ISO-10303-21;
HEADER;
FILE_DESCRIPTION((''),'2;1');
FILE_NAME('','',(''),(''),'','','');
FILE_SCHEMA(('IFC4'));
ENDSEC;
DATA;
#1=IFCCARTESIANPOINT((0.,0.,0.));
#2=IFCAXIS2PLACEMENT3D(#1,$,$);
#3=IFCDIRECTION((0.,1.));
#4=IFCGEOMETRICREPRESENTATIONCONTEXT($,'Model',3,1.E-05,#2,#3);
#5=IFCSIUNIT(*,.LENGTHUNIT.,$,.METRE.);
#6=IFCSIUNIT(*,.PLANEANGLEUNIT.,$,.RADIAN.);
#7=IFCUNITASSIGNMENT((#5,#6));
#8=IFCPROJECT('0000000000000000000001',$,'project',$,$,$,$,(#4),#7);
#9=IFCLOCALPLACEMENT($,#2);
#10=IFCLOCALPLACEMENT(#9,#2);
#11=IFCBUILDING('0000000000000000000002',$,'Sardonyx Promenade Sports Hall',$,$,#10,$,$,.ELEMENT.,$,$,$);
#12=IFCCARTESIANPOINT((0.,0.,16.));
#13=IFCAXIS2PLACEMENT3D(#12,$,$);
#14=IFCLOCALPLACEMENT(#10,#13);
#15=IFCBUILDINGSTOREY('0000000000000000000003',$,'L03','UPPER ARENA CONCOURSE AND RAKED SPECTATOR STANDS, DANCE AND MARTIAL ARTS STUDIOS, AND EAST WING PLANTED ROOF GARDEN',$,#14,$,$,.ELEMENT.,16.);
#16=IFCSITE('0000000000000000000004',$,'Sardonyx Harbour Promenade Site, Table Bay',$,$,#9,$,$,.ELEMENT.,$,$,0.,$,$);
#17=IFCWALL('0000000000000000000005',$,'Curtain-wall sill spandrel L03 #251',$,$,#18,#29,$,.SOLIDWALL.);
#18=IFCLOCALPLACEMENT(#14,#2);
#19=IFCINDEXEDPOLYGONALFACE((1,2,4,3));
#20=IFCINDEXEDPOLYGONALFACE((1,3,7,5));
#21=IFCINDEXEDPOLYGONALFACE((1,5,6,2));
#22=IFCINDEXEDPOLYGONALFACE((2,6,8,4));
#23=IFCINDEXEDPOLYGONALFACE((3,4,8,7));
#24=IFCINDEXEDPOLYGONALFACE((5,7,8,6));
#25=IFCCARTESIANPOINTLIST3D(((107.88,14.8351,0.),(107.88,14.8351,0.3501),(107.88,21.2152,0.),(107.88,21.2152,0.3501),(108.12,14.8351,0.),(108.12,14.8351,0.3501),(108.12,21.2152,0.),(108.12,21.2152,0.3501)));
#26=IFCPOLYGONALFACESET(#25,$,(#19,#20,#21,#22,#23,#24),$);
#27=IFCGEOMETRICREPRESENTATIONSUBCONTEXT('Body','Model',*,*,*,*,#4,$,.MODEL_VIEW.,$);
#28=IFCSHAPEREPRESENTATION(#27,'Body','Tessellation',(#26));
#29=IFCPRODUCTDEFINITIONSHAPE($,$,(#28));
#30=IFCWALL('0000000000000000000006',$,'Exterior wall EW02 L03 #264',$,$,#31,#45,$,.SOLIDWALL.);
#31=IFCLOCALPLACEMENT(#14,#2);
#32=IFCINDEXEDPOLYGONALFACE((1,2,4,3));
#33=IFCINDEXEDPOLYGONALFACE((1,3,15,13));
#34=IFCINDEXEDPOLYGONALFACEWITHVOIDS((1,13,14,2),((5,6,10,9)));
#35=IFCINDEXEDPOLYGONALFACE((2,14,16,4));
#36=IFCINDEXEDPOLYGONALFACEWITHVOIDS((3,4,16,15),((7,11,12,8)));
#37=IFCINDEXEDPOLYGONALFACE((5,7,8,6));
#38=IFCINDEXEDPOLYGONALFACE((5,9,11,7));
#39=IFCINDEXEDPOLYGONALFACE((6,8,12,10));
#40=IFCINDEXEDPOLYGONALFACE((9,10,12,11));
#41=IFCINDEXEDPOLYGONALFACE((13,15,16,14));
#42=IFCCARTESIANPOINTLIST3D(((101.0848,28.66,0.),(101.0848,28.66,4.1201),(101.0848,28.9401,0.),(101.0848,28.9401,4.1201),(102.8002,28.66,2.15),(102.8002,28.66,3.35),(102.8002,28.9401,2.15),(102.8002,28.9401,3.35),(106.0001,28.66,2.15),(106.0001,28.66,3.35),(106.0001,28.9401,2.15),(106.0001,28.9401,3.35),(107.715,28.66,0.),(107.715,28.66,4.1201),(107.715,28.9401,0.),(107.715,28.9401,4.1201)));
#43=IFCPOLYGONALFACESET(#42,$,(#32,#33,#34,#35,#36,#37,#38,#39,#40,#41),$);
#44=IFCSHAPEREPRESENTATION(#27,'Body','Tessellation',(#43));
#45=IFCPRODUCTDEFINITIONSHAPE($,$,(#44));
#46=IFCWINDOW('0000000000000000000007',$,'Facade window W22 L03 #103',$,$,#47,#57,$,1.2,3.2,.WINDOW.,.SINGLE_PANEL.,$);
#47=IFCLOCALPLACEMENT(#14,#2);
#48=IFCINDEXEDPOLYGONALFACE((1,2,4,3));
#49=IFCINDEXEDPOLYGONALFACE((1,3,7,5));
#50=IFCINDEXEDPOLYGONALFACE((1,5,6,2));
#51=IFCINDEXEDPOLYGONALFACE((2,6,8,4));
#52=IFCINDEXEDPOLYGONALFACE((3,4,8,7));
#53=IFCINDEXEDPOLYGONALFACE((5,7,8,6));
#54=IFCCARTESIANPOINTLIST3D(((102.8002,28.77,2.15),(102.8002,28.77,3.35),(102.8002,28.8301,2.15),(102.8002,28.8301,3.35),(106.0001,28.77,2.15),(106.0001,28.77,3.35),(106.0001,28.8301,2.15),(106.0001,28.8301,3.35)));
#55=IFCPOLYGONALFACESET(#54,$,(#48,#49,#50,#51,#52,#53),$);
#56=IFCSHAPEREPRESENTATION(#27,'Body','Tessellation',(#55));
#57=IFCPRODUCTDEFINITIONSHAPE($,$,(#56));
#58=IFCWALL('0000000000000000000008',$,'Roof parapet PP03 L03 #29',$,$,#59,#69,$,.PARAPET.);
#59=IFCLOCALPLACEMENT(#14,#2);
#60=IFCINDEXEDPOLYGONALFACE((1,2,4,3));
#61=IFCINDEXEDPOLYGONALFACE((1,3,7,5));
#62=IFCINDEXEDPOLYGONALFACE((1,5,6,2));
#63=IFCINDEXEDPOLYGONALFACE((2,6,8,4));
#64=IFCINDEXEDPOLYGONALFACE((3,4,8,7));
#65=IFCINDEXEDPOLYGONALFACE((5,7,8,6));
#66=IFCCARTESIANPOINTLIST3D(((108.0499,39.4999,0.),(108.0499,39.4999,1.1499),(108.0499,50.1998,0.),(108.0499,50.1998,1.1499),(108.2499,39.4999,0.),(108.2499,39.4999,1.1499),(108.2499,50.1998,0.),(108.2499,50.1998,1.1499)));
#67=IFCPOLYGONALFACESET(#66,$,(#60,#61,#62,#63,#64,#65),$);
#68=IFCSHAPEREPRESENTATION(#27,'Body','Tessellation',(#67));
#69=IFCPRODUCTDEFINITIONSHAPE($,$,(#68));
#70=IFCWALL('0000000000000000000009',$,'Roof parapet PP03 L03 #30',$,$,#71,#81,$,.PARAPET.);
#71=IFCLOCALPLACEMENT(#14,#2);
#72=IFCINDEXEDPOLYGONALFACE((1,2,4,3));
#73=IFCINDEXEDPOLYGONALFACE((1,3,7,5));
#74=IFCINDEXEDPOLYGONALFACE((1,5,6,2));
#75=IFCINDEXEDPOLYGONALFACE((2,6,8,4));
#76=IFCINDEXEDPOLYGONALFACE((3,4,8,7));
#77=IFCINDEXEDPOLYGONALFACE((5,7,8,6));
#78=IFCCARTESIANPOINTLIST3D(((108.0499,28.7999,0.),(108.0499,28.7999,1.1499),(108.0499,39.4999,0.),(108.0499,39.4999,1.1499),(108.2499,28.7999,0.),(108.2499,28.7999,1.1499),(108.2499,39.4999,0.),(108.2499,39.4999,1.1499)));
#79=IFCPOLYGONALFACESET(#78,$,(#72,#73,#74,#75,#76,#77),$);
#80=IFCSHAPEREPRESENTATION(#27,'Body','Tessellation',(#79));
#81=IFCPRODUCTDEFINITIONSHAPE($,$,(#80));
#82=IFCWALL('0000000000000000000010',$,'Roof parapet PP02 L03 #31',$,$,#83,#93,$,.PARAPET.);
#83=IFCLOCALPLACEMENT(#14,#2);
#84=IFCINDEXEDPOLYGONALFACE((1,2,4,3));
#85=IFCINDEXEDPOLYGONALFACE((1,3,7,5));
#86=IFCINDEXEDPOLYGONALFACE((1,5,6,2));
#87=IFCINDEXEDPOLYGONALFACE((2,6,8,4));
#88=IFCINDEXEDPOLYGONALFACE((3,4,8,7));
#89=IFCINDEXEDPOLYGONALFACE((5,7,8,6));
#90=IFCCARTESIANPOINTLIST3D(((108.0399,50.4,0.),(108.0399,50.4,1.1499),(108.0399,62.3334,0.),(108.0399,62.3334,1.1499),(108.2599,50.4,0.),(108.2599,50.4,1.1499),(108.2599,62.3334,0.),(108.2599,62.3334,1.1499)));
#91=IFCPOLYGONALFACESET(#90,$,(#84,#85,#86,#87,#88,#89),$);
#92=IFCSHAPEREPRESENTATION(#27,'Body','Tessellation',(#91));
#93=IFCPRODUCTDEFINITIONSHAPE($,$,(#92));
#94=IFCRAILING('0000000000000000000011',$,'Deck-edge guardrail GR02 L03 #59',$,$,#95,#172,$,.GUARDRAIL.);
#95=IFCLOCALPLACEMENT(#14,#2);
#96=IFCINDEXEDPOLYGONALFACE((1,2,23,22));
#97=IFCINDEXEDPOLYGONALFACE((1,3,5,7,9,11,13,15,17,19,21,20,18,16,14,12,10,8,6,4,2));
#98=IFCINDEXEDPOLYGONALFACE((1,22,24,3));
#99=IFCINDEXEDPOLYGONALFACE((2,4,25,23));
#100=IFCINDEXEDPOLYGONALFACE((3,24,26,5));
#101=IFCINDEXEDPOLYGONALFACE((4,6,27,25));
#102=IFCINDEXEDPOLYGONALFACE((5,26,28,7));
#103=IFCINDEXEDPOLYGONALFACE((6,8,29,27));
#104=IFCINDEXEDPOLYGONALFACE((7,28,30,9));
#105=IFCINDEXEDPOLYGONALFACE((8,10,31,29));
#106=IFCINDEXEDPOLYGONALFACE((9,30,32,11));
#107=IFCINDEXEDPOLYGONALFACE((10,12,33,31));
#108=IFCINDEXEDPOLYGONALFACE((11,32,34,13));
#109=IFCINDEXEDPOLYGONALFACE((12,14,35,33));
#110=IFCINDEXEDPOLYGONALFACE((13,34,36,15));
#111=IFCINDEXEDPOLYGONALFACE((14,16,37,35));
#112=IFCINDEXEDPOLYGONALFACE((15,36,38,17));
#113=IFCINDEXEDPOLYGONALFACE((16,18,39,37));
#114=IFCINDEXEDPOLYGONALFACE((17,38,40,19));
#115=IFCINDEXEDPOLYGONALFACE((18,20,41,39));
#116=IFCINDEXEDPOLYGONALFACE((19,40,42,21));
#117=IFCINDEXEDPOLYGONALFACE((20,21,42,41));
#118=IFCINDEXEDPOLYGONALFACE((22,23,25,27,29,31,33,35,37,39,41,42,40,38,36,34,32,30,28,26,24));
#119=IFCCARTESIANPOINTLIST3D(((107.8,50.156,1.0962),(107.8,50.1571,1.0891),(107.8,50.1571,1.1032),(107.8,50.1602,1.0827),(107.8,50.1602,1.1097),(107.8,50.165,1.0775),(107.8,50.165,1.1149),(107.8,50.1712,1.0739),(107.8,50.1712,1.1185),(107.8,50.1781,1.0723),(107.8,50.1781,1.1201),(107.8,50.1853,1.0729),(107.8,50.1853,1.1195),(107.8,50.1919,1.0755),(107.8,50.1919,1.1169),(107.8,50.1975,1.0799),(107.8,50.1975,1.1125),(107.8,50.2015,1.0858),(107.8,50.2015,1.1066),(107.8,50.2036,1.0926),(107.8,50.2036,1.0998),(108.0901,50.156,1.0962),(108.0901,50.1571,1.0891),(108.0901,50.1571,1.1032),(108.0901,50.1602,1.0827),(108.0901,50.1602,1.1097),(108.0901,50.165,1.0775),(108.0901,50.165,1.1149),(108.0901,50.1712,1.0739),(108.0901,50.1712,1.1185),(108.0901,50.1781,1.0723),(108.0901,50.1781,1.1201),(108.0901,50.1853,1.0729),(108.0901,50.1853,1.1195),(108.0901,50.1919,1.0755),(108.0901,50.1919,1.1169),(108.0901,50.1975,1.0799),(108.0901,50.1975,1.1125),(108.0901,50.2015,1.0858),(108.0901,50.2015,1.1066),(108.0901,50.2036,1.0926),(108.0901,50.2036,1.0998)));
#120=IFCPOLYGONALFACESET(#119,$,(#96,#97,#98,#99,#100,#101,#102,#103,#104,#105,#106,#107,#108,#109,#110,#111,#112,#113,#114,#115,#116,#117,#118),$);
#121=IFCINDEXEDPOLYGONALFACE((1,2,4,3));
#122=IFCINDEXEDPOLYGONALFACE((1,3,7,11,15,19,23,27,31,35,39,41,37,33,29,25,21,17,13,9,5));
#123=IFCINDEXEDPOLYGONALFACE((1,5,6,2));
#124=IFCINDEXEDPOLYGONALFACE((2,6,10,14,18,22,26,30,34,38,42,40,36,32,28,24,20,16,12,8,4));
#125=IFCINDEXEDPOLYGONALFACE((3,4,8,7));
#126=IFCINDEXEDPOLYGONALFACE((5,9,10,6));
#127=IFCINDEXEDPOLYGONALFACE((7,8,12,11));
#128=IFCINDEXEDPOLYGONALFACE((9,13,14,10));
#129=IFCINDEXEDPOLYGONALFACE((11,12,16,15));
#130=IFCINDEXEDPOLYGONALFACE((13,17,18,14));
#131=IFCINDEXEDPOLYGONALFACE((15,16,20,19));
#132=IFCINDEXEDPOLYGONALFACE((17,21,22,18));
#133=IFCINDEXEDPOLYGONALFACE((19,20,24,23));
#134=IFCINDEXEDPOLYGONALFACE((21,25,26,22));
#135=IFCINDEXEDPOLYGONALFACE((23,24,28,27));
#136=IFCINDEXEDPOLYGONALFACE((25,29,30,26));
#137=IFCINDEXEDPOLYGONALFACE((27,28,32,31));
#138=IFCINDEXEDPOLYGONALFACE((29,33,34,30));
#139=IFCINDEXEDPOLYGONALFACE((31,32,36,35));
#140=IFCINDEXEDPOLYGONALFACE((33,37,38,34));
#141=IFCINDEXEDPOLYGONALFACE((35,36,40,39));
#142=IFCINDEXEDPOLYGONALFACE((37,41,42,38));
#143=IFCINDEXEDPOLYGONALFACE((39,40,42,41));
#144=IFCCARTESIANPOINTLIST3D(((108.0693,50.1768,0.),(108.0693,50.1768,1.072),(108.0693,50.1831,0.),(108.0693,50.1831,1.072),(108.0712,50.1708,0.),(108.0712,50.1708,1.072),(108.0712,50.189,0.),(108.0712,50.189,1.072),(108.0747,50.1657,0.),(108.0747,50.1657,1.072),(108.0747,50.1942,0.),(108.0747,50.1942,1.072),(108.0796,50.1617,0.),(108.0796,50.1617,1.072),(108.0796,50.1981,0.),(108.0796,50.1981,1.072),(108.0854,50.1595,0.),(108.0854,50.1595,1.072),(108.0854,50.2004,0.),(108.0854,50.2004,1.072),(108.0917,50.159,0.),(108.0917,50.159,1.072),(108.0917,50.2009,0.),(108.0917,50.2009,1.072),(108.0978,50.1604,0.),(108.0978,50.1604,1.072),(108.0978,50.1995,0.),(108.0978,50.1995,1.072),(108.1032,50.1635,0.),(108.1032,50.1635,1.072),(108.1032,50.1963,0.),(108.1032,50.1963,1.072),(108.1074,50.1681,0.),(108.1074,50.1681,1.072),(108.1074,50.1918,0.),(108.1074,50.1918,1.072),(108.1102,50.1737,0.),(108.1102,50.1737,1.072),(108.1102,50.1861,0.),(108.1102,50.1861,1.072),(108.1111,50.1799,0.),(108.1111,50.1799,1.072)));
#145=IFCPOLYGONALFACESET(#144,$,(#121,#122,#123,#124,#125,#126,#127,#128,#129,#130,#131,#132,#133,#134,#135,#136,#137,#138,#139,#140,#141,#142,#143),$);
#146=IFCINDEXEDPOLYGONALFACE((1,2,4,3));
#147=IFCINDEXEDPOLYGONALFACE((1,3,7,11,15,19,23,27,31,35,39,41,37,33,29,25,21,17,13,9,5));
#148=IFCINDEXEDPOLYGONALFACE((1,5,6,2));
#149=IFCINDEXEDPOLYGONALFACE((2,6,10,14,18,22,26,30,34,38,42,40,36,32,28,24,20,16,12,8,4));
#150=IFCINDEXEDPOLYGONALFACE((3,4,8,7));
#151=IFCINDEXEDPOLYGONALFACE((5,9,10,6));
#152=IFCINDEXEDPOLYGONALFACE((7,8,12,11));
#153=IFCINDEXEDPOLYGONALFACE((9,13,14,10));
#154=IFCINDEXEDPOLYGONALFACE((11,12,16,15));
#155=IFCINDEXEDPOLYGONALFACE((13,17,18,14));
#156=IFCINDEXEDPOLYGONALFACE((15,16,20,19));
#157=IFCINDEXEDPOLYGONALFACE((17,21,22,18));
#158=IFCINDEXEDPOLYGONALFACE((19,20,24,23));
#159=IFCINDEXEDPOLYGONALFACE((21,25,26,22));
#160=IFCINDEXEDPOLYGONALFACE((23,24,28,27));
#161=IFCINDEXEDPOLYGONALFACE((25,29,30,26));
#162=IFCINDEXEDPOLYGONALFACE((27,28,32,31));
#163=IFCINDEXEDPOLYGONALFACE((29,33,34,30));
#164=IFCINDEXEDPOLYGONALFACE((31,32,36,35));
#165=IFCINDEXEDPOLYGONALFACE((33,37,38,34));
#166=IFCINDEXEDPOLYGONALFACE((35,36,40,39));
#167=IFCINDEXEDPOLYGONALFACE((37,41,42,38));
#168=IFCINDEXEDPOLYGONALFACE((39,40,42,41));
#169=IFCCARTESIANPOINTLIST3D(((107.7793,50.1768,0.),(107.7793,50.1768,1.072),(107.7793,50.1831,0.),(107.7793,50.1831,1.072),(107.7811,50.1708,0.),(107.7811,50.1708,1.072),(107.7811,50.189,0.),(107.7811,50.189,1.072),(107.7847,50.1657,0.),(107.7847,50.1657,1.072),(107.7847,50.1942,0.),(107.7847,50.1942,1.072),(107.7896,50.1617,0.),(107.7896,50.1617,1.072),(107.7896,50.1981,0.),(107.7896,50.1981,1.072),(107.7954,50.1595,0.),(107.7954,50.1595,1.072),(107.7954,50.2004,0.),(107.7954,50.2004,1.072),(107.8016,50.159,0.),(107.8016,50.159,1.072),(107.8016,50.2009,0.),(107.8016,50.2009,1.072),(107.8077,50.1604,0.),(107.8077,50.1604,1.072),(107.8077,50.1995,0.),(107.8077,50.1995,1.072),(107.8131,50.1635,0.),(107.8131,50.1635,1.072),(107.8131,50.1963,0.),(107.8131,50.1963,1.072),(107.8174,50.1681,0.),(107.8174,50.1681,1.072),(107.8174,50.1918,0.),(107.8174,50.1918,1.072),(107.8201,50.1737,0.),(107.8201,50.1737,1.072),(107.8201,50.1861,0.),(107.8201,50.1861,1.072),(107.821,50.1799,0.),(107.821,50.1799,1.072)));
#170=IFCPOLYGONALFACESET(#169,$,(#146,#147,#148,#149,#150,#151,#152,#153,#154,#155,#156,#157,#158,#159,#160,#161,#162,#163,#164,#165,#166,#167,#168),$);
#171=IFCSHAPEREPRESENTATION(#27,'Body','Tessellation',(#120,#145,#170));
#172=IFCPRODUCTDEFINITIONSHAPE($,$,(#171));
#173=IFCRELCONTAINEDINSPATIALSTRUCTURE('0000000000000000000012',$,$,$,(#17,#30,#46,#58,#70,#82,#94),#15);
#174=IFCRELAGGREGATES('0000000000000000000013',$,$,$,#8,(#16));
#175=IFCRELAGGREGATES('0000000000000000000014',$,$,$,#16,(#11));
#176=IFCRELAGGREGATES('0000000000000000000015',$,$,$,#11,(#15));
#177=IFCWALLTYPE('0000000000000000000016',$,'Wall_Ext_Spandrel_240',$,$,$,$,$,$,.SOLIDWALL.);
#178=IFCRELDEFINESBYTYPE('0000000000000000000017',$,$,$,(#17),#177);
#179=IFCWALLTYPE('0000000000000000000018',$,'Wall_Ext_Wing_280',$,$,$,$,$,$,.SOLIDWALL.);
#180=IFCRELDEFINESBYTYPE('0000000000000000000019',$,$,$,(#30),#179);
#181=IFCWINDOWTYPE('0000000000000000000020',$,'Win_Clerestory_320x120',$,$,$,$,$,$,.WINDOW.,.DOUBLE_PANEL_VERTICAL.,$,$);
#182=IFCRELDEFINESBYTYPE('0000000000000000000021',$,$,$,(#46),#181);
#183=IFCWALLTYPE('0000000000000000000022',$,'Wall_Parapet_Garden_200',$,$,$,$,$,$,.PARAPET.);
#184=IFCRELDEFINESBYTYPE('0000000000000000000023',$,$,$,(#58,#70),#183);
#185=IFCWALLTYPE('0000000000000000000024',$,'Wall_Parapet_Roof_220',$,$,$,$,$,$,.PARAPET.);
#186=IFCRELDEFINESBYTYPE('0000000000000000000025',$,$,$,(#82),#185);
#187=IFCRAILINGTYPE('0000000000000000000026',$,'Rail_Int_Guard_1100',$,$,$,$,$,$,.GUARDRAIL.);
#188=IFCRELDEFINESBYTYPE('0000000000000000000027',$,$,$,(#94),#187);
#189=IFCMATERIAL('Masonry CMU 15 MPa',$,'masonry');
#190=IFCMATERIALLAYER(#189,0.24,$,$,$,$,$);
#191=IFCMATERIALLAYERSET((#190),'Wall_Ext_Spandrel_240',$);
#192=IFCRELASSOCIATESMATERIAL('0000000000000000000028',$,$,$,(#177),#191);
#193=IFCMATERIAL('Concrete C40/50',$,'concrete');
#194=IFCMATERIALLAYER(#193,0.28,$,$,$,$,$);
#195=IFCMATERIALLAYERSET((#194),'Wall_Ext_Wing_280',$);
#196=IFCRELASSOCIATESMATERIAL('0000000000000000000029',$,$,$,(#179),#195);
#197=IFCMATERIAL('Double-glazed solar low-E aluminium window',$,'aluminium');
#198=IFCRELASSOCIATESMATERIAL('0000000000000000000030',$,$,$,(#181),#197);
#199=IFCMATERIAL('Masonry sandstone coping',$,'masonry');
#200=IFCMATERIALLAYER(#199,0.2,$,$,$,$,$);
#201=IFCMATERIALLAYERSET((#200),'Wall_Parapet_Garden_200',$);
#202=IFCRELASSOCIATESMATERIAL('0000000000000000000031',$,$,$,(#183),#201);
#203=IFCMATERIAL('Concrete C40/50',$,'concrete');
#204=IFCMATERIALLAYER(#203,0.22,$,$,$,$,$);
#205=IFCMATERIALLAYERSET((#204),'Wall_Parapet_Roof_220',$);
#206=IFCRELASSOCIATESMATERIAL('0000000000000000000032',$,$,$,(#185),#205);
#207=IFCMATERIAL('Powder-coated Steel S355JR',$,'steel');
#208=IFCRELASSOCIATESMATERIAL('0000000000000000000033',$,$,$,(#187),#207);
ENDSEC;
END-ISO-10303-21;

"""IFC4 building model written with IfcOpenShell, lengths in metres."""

from ifc_helpers import new_model, si_unit, direction, frame, frame_2d, origin, origin_2d, place, context, subcontext, project, spatial, rectangle, circle, extrude, material, layer, layer_set, type_object, element, fill, save


model = new_model("IFC4")

# Units and contexts
model_context = context("Model", 3, precision=1e-05, world=origin(), true_north=direction((0.0, 1.0)))
body_context = subcontext(model_context, "Body", "Model", "MODEL_VIEW")
ifc_project = project(units=[si_unit("LENGTHUNIT", "METRE"), si_unit("PLANEANGLEUNIT", "RADIAN")], contexts=[model_context])

# Site, building, storey
site_placement = place(None, origin())
site = spatial("IfcSite", under=ifc_project, at=site_placement, Name="Sardonyx Harbour Promenade Site, Table Bay", CompositionType="ELEMENT", RefElevation=0.0)
building_placement = place(site_placement, origin())
building = spatial("IfcBuilding", under=site, at=building_placement, Name="Sardonyx Promenade Sports Hall", CompositionType="ELEMENT")
storey_placement = place(building_placement, frame((0.0, 0.0, 16.0)))
storey = spatial("IfcBuildingStorey", under=building, at=storey_placement, Name="L03", Description="UPPER ARENA CONCOURSE AND RAKED SPECTATOR STANDS, DANCE AND MARTIAL ARTS STUDIOS, AND EAST WING PLANTED ROOF GARDEN", CompositionType="ELEMENT", Elevation=16.0)

# Wall
ifc_material_1 = material(Name="Masonry CMU 15 MPa", Category="masonry")
ifc_layer_1 = layer(ifc_material_1, 0.24)
ifc_layer_set_1 = layer_set([ifc_layer_1], Name="Wall_Ext_Spandrel_240")
wall_type_1 = type_object("IfcWallType", Name="Wall_Ext_Spandrel_240", PredefinedType="SOLIDWALL", material=ifc_layer_set_1)
wall_1_placement = place(storey_placement, frame((108.0, 21.2151, 0.0), z_axis=(0.0, 0.0, 1.0), x_axis=(0.0, -1.0, 0.0)))
element("IfcWall", 1, at=wall_1_placement, inside=storey, type_object=wall_type_1, Name="Curtain-wall sill spandrel L03 #251", PredefinedType="SOLIDWALL", context=body_context, shape_type="SweptSolid", body=[
    extrude(rectangle(XDim=6.3801, YDim=0.24, at=frame_2d((3.1899, 0.0))), origin(), (0.0, 0.0, 1.0), 0.3501),
])

# Shared definitions
ifc_material_2 = material(Name="Concrete C40/50", Category="concrete")
ifc_layer_2 = layer(ifc_material_2, 0.28)
ifc_layer_set_2 = layer_set([ifc_layer_2], Name="Wall_Ext_Wing_280")
wall_type_2 = type_object("IfcWallType", Name="Wall_Ext_Wing_280", PredefinedType="SOLIDWALL", material=ifc_layer_set_2)

# Wall, opening, window
wall_2_placement = place(storey_placement, frame((101.085, 28.8, 0.0), z_axis=(0.0, 0.0, 1.0), x_axis=(1.0, 0.0, 0.0)))
wall_2 = element("IfcWall", 2, at=wall_2_placement, inside=storey, type_object=wall_type_2, Name="Exterior wall EW02 L03 #264", PredefinedType="SOLIDWALL", context=body_context, shape_type="SweptSolid", body=[
    extrude(rectangle(XDim=6.6301, YDim=0.28, at=frame_2d((3.3149, 0.0))), origin(), (0.0, 0.0, 1.0), 4.1201),
])
opening_1_placement = place(wall_2_placement, frame((1.7151, 0.0, 2.1499)))
opening_1 = element("IfcOpeningElement", 3, at=opening_1_placement, cuts=wall_2, PredefinedType="OPENING", context=body_context, shape_type="SweptSolid", body=[
    extrude(rectangle(XDim=3.2, YDim=1.2, at=frame_2d((1.6001, 0.6001))), frame((0.0, 0.15, 0.0), z_axis=(0.0, -1.0, 0.0), x_axis=(1.0, 0.0, 0.0)), (0.0, 0.0, 1.0), 0.3),
])
ifc_material_3 = material(Name="Double-glazed solar low-E aluminium window", Category="aluminium")
window_type = type_object("IfcWindowType", Name="Win_Clerestory_320x120", PartitioningType="DOUBLE_PANEL_VERTICAL", PredefinedType="WINDOW", material=ifc_material_3)
window_placement = place(opening_1_placement, origin())
window = element("IfcWindow", 4, at=window_placement, inside=storey, type_object=window_type, Name="Facade window W22 L03 #103", OverallHeight=1.2, OverallWidth=3.2, PartitioningType="SINGLE_PANEL", PredefinedType="WINDOW", context=body_context, shape_type="SweptSolid", body=[
    extrude(rectangle(XDim=3.2, YDim=1.2, at=frame_2d((1.6001, 0.6001))), frame((0.0, 0.03, 0.0), z_axis=(0.0, -1.0, 0.0), x_axis=(1.0, 0.0, 0.0)), (0.0, 0.0, 1.0), 0.0601),
])
fill(opening_1, window)

# Walls
ifc_material_4 = material(Name="Masonry sandstone coping", Category="masonry")
ifc_layer_3 = layer(ifc_material_4, 0.2)
ifc_layer_set_3 = layer_set([ifc_layer_3], Name="Wall_Parapet_Garden_200")
wall_type_3 = type_object("IfcWallType", Name="Wall_Parapet_Garden_200", PredefinedType="PARAPET", material=ifc_layer_set_3)
for number, where, z_axis, x_axis, name in (
    (5, (108.1499, 50.2, 0.0), (0.0, 0.0, 1.0), (0.0, -1.0, 0.0), "Roof parapet PP03 L03 #29"),
    (6, (108.1499, 39.5, 0.0), (0.0, 0.0, 1.0), (0.0, -1.0, 0.0), "Roof parapet PP03 L03 #30"),
):
    element("IfcWall", number, at=place(storey_placement, frame(where, z_axis=z_axis, x_axis=x_axis)), inside=storey, type_object=wall_type_3, Name=name, PredefinedType="PARAPET", context=body_context, shape_type="SweptSolid", body=[
        extrude(rectangle(XDim=10.7, YDim=0.2, at=frame_2d((5.3501, 0.0))), origin(), (0.0, 0.0, 1.0), 1.1499),
    ])
ifc_material_5 = material(Name="Concrete C40/50", Category="concrete")
ifc_layer_4 = layer(ifc_material_5, 0.22)
ifc_layer_set_4 = layer_set([ifc_layer_4], Name="Wall_Parapet_Roof_220")
wall_type_4 = type_object("IfcWallType", Name="Wall_Parapet_Roof_220", PredefinedType="PARAPET", material=ifc_layer_set_4)
wall_3_placement = place(storey_placement, frame((108.1499, 50.3999, 0.0), z_axis=(0.0, 0.0, 1.0), x_axis=(0.0, 1.0, 0.0)))
element("IfcWall", 7, at=wall_3_placement, inside=storey, type_object=wall_type_4, Name="Roof parapet PP02 L03 #31", PredefinedType="PARAPET", context=body_context, shape_type="SweptSolid", body=[
    extrude(rectangle(XDim=11.9333, YDim=0.22, at=frame_2d((5.9668, 0.0))), origin(), (0.0, 0.0, 1.0), 1.1499),
])

# Railing
ifc_material_6 = material(Name="Powder-coated Steel S355JR", Category="steel")
railing_type = type_object("IfcRailingType", Name="Rail_Int_Guard_1100", PredefinedType="GUARDRAIL", material=ifc_material_6)
railing_1_placement = place(storey_placement, frame((108.0901, 50.1799, 0.0)))
element("IfcRailing", 8, at=railing_1_placement, inside=storey, type_object=railing_type, Name="Deck-edge guardrail GR02 L03 #59", PredefinedType="GUARDRAIL", context=body_context, shape_type="SweptSolid", body=[
    extrude(circle(Radius=0.0239, at=origin_2d()), frame((0.0, 0.0, 1.0962), z_axis=(-1.0, 0.0, 0.0), x_axis=(0.0, -1.0, 0.0)), (0.0, 0.0, 1.0), 0.29),
    extrude(circle(Radius=0.021, at=origin_2d()), origin(), (0.0, 0.0, 1.0), 1.072),
    extrude(circle(Radius=0.021, at=origin_2d()), frame((-0.29, 0.0, 0.0)), (0.0, 0.0, 1.0), 1.072),
])

save(model, "model.ifc")
